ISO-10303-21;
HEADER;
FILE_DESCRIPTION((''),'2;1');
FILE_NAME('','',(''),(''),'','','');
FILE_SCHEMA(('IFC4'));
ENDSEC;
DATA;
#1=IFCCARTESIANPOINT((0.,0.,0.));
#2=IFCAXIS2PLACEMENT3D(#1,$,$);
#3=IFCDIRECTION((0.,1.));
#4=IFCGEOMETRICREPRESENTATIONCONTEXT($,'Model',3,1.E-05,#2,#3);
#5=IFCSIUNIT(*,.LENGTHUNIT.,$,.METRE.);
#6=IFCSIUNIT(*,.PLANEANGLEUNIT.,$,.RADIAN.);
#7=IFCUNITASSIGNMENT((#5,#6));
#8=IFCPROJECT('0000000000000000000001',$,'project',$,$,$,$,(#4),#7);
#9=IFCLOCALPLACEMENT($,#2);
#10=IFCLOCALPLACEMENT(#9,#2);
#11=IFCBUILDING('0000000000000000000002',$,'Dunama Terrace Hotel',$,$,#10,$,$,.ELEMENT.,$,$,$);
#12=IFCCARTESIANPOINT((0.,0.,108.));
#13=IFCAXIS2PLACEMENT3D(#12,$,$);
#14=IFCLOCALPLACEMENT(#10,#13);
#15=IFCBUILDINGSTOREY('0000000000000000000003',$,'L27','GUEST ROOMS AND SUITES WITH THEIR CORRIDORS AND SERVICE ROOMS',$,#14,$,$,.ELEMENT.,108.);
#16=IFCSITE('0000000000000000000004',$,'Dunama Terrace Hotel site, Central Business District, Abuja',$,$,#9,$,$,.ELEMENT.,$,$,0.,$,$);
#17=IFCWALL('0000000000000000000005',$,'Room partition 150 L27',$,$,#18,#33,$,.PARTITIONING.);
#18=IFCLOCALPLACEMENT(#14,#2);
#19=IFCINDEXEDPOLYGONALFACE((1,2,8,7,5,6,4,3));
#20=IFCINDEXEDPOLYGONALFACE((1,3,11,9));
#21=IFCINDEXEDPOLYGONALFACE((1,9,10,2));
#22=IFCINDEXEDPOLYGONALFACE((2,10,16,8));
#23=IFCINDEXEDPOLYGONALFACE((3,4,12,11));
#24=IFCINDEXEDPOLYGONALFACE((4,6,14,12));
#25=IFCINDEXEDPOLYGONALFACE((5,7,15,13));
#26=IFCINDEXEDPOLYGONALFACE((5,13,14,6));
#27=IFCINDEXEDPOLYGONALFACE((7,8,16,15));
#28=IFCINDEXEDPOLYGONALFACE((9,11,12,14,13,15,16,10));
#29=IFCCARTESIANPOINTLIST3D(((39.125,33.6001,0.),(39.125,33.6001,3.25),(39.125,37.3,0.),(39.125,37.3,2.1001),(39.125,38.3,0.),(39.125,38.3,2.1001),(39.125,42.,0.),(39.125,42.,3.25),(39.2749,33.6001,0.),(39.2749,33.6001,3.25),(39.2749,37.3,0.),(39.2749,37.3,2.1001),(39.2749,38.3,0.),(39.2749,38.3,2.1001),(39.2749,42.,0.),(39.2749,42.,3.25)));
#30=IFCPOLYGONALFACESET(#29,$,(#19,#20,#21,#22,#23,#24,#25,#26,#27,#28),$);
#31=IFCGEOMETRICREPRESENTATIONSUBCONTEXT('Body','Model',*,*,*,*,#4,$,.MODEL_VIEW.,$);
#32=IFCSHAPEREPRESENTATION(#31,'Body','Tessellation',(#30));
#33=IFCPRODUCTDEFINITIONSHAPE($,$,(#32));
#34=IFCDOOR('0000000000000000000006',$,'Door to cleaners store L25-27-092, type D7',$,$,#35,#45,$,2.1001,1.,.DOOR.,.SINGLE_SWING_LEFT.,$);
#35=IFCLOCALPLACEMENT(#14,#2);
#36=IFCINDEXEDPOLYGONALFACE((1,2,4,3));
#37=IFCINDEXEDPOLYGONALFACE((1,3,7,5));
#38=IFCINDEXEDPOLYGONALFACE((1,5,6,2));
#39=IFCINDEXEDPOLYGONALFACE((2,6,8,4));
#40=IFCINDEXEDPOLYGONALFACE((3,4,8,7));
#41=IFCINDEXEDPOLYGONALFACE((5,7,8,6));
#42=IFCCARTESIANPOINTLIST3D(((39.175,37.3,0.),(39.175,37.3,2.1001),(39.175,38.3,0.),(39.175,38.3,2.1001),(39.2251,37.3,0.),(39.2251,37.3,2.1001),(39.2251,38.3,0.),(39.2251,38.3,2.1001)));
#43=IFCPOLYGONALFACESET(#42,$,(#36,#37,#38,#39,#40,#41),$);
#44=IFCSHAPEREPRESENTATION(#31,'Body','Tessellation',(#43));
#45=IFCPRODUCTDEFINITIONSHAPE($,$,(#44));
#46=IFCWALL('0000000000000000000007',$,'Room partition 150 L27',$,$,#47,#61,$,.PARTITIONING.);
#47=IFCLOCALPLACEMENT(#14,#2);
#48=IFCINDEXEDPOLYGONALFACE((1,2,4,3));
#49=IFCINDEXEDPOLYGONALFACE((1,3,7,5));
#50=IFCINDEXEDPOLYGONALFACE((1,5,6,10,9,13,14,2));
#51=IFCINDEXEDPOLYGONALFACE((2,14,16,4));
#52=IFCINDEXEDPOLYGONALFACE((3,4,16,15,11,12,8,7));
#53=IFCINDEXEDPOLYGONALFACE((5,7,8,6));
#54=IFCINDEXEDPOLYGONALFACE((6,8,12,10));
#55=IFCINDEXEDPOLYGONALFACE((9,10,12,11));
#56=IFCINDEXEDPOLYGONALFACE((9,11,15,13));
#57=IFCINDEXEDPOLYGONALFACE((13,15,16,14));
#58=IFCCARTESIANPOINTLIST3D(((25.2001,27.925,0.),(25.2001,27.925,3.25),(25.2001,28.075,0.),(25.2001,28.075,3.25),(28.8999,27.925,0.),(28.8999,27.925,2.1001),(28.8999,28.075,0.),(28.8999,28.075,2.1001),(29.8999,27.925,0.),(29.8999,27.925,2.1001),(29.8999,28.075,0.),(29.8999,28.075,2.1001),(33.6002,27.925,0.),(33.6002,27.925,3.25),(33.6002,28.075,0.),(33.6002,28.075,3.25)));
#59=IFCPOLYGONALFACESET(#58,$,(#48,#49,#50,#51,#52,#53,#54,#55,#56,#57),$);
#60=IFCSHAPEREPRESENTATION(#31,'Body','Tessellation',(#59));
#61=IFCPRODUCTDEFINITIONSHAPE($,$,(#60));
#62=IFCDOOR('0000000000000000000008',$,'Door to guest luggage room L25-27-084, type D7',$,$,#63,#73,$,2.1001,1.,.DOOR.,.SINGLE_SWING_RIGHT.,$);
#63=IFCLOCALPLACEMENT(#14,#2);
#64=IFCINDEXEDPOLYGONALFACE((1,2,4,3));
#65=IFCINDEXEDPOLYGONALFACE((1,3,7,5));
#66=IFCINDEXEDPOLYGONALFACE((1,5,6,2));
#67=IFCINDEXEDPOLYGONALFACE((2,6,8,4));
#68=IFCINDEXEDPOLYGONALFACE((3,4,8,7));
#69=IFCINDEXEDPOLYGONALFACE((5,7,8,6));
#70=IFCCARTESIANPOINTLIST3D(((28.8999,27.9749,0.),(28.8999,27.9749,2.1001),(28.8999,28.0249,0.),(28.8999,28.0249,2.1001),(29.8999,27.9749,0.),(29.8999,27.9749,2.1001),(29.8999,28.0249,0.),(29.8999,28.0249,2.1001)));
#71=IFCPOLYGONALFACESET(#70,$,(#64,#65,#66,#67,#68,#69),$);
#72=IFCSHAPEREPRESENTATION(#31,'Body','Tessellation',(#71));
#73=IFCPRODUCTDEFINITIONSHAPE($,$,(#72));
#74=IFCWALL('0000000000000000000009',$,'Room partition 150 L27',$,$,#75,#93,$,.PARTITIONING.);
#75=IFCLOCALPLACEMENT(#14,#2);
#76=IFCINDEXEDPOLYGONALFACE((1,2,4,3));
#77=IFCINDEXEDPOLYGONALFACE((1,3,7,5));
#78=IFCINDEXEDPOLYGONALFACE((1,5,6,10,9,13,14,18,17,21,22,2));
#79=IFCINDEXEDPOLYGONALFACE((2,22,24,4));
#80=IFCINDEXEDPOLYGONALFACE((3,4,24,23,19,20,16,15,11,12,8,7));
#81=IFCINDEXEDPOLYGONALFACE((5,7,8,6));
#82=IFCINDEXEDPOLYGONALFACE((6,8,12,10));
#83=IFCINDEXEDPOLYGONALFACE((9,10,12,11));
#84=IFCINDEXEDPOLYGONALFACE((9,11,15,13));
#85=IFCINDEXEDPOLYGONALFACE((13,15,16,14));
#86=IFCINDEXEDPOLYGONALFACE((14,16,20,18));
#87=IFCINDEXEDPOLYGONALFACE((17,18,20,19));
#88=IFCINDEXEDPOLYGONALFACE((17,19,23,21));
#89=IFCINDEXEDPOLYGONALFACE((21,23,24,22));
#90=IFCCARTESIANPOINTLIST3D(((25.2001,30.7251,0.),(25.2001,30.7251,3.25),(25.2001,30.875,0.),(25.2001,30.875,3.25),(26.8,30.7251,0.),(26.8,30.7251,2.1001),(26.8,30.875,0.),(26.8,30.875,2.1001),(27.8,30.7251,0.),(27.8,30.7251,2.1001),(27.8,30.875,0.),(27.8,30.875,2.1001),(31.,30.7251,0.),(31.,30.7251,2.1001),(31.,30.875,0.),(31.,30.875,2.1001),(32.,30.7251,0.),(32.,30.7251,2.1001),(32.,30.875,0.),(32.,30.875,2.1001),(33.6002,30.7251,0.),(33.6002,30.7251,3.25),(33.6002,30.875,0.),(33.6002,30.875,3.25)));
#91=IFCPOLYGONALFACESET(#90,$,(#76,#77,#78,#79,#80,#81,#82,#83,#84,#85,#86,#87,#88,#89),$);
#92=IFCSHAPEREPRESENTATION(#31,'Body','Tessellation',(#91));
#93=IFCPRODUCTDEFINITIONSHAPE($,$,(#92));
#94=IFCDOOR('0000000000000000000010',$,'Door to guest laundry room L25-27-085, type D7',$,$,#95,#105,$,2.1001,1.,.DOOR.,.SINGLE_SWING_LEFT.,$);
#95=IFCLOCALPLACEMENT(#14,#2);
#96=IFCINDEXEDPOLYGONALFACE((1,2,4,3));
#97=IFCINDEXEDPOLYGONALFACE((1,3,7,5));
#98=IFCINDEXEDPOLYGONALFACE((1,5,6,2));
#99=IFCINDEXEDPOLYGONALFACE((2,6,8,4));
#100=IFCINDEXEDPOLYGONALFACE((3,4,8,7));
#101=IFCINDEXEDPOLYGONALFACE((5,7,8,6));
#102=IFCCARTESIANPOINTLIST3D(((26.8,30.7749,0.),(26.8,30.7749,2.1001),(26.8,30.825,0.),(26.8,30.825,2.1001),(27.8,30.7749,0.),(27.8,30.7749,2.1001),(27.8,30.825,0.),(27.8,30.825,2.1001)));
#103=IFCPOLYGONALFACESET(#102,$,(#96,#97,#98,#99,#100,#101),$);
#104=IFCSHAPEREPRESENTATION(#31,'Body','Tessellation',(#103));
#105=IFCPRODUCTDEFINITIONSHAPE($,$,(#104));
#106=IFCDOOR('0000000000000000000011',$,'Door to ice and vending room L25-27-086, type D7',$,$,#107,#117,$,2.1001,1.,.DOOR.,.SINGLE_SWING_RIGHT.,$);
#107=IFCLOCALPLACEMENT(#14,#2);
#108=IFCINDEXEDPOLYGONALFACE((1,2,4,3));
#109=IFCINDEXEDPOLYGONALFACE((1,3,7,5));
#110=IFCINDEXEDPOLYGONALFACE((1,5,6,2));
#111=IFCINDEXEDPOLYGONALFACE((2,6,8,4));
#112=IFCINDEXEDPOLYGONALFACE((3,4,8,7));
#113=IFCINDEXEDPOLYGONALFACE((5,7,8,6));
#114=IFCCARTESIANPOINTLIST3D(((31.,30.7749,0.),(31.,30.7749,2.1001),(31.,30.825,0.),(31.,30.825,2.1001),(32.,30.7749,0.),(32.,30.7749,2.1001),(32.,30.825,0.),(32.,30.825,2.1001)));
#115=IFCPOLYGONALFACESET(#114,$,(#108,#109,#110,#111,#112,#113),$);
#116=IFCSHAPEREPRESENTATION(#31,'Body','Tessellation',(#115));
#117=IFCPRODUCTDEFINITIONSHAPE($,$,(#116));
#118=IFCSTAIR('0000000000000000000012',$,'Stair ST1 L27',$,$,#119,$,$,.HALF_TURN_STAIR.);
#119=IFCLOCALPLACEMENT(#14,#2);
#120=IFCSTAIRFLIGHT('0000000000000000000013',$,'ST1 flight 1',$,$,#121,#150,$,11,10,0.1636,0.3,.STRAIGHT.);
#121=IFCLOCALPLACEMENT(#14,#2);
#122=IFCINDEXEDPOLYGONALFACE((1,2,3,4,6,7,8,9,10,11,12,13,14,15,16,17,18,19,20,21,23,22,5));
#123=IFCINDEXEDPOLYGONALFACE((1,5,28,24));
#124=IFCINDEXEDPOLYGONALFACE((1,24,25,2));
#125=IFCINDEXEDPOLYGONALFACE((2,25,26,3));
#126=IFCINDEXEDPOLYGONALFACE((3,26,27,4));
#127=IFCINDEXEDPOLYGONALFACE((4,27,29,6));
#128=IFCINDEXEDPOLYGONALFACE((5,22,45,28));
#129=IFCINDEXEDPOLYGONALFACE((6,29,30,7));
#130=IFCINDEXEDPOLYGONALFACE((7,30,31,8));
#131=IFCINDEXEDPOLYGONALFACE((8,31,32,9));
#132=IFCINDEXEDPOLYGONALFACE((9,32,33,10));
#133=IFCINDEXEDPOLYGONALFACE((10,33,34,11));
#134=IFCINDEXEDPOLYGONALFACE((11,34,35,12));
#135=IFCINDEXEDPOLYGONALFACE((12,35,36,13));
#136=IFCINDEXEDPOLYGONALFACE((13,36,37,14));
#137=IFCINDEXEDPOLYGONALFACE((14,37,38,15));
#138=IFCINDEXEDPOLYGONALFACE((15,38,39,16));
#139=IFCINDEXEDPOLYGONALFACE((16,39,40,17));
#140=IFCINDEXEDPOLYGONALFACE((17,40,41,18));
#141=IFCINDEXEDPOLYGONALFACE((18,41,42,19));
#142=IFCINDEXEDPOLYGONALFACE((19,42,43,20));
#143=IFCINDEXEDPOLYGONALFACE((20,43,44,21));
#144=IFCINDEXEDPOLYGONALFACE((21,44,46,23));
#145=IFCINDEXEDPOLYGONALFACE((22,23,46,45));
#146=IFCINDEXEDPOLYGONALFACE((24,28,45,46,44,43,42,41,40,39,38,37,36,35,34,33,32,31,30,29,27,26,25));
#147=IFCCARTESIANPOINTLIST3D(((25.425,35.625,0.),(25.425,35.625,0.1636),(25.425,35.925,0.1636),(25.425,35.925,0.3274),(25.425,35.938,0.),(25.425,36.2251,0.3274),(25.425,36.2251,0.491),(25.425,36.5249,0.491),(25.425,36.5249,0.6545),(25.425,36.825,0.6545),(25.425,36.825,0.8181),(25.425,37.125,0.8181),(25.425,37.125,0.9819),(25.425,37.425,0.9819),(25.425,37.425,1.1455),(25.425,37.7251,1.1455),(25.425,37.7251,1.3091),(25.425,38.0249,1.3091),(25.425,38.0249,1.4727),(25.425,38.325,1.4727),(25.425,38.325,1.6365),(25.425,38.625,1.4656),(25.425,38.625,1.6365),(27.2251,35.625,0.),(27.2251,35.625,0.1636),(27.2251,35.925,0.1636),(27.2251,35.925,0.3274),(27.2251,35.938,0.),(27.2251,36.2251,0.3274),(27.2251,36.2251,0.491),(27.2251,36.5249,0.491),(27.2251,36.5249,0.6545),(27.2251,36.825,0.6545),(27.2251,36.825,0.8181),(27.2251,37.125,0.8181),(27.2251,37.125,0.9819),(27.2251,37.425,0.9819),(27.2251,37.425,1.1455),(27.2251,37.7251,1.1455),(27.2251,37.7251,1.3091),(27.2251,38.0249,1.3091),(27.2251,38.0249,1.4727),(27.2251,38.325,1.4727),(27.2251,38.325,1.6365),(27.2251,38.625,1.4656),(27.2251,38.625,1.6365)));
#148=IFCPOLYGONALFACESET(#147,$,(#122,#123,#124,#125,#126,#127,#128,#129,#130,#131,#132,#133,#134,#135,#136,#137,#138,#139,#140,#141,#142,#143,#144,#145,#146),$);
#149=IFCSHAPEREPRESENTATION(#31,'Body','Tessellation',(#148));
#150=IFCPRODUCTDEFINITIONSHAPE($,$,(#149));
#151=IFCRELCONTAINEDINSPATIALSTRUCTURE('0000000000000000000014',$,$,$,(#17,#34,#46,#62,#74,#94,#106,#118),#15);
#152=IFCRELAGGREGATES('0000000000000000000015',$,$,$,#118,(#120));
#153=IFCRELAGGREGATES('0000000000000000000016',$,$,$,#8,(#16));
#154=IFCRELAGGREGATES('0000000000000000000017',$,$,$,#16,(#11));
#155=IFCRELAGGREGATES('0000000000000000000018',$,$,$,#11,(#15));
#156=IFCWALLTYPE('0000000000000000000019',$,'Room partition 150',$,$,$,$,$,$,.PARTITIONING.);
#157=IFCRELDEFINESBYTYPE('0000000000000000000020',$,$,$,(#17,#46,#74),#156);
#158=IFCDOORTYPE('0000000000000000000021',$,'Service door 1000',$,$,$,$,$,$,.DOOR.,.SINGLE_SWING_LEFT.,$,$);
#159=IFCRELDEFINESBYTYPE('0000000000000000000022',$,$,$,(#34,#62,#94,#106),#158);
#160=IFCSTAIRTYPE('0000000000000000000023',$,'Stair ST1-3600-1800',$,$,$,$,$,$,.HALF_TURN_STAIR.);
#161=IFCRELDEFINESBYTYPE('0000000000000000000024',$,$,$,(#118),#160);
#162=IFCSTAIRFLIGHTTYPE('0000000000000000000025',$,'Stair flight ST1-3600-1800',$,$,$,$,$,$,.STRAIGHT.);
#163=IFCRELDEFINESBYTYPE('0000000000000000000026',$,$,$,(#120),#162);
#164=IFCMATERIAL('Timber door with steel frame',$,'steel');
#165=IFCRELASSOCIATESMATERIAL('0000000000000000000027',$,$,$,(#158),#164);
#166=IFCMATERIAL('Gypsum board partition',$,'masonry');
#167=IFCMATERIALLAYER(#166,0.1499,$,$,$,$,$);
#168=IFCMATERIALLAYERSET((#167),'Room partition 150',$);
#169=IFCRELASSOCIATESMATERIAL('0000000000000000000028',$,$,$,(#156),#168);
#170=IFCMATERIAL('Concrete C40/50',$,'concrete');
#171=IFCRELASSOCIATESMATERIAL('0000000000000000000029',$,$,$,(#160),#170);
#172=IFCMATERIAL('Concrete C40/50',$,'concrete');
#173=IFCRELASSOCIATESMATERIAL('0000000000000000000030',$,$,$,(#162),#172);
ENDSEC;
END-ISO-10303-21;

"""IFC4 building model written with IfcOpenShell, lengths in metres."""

from ifc_helpers import new_model, si_unit, direction, frame, frame_2d, origin, place, context, subcontext, project, spatial, polyline, rectangle, outline, extrude, material, layer, layer_set, type_object, element, fill, aggregate, save


model = new_model("IFC4")

# Units and contexts
model_context = context("Model", 3, precision=1e-05, world=origin(), true_north=direction((0.0, 1.0)))
body_context = subcontext(model_context, "Body", "Model", "MODEL_VIEW")
ifc_project = project(units=[si_unit("LENGTHUNIT", "METRE"), si_unit("PLANEANGLEUNIT", "RADIAN")], contexts=[model_context])

# Site, building, storey
site_placement = place(None, origin())
site = spatial("IfcSite", under=ifc_project, at=site_placement, Name="Dunama Terrace Hotel site, Central Business District, Abuja", CompositionType="ELEMENT", RefElevation=0.0)
building_placement = place(site_placement, origin())
building = spatial("IfcBuilding", under=site, at=building_placement, Name="Dunama Terrace Hotel", CompositionType="ELEMENT")
storey_placement = place(building_placement, frame((0.0, 0.0, 108.0)))
storey = spatial("IfcBuildingStorey", under=building, at=storey_placement, Name="L27", Description="GUEST ROOMS AND SUITES WITH THEIR CORRIDORS AND SERVICE ROOMS", CompositionType="ELEMENT", Elevation=108.0)

# Shared definitions
ifc_material_1 = material(Name="Timber door with steel frame", Category="steel")
door_type_1 = type_object("IfcDoorType", Name="Service door 1000", OperationType="SINGLE_SWING_LEFT", PredefinedType="DOOR", material=ifc_material_1)

# Shared definitions
ifc_material_2 = material(Name="Gypsum board partition", Category="masonry")
ifc_layer_1 = layer(ifc_material_2, 0.1499)
ifc_layer_set_1 = layer_set([ifc_layer_1], Name="Room partition 150")
wall_type_1 = type_object("IfcWallType", Name="Room partition 150", PredefinedType="PARTITIONING", material=ifc_layer_set_1)

# Walls, openings, doors
wall_1_placement = place(storey_placement, frame((39.2, 33.6001, 0.0), z_axis=(0.0, 0.0, 1.0), x_axis=(0.0, 1.0, 0.0)))
wall_1 = element("IfcWall", 1, at=wall_1_placement, inside=storey, type_object=wall_type_1, Name="Room partition 150 L27", PredefinedType="PARTITIONING", context=body_context, shape_type="SweptSolid", body=[
    extrude(rectangle(XDim=8.3999, YDim=0.1499, at=frame_2d((4.2, 0.0))), origin(), (0.0, 0.0, 1.0), 3.25),
])
opening_1_placement = place(wall_1_placement, frame((3.7, 0.0, 0.0)))
opening_1 = element("IfcOpeningElement", 2, at=opening_1_placement, cuts=wall_1, PredefinedType="OPENING", context=body_context, shape_type="SweptSolid", body=[
    extrude(rectangle(XDim=1.0, YDim=2.1001, at=frame_2d((0.5, 1.05))), frame((0.0, 0.085, 0.0), z_axis=(0.0, -1.0, 0.0), x_axis=(1.0, 0.0, 0.0)), (0.0, 0.0, 1.0), 0.1699),
])
door_1_placement = place(opening_1_placement, origin())
door_1 = element("IfcDoor", 3, at=door_1_placement, inside=storey, type_object=door_type_1, Name="Door to cleaners store L25-27-092, type D7", OperationType="SINGLE_SWING_LEFT", OverallHeight=2.1001, OverallWidth=1.0, PredefinedType="DOOR", context=body_context, shape_type="SweptSolid", body=[
    extrude(rectangle(XDim=1.0, YDim=2.1001, at=frame_2d((0.5, 1.05))), frame((0.0, 0.0249, 0.0), z_axis=(0.0, -1.0, 0.0), x_axis=(1.0, 0.0, 0.0)), (0.0, 0.0, 1.0), 0.05),
])
fill(opening_1, door_1)
wall_2_placement = place(storey_placement, frame((25.2, 28.0, 0.0), z_axis=(0.0, 0.0, 1.0), x_axis=(1.0, 0.0, 0.0)))
wall_2 = element("IfcWall", 4, at=wall_2_placement, inside=storey, type_object=wall_type_1, Name="Room partition 150 L27", PredefinedType="PARTITIONING", context=body_context, shape_type="SweptSolid", body=[
    extrude(rectangle(XDim=8.4001, YDim=0.1499, at=frame_2d((4.2002, 0.0))), origin(), (0.0, 0.0, 1.0), 3.25),
])
opening_2_placement = place(wall_2_placement, frame((3.7, 0.0, 0.0)))
opening_2 = element("IfcOpeningElement", 5, at=opening_2_placement, cuts=wall_2, PredefinedType="OPENING", context=body_context, shape_type="SweptSolid", body=[
    extrude(rectangle(XDim=1.0, YDim=2.1001, at=frame_2d((0.5, 1.05))), frame((0.0, 0.085, 0.0), z_axis=(0.0, -1.0, 0.0), x_axis=(1.0, 0.0, 0.0)), (0.0, 0.0, 1.0), 0.1699),
])
door_2_placement = place(opening_2_placement, frame((1.0, 0.0, 0.0), z_axis=(0.0, 0.0, 1.0), x_axis=(-1.0, 0.0, 0.0)))
door_2 = element("IfcDoor", 6, at=door_2_placement, inside=storey, type_object=door_type_1, Name="Door to guest luggage room L25-27-084, type D7", OperationType="SINGLE_SWING_RIGHT", OverallHeight=2.1001, OverallWidth=1.0, PredefinedType="DOOR", context=body_context, shape_type="SweptSolid", body=[
    extrude(rectangle(XDim=1.0, YDim=2.1001, at=frame_2d((0.5, 1.05))), frame((0.0, 0.0251, 0.0), z_axis=(0.0, -1.0, 0.0), x_axis=(1.0, 0.0, 0.0)), (0.0, 0.0, 1.0), 0.05),
])
fill(opening_2, door_2)

# Wall, openings, doors
wall_3_placement = place(storey_placement, frame((25.2, 30.8, 0.0), z_axis=(0.0, 0.0, 1.0), x_axis=(1.0, 0.0, 0.0)))
wall_3 = element("IfcWall", 7, at=wall_3_placement, inside=storey, type_object=wall_type_1, Name="Room partition 150 L27", PredefinedType="PARTITIONING", context=body_context, shape_type="SweptSolid", body=[
    extrude(rectangle(XDim=8.4001, YDim=0.1499, at=frame_2d((4.2002, 0.0))), origin(), (0.0, 0.0, 1.0), 3.25),
])
opening_3_placement = place(wall_3_placement, frame((1.6001, 0.0, 0.0)))
opening_3 = element("IfcOpeningElement", 8, at=opening_3_placement, cuts=wall_3, PredefinedType="OPENING", context=body_context, shape_type="SweptSolid", body=[
    extrude(rectangle(XDim=1.0, YDim=2.1001, at=frame_2d((0.5, 1.05))), frame((0.0, 0.085, 0.0), z_axis=(0.0, -1.0, 0.0), x_axis=(1.0, 0.0, 0.0)), (0.0, 0.0, 1.0), 0.1699),
])
opening_4_placement = place(wall_3_placement, frame((5.8, 0.0, 0.0)))
opening_4 = element("IfcOpeningElement", 9, at=opening_4_placement, cuts=wall_3, PredefinedType="OPENING", context=body_context, shape_type="SweptSolid", body=[
    extrude(rectangle(XDim=1.0, YDim=2.1001, at=frame_2d((0.5, 1.05))), frame((0.0, 0.085, 0.0), z_axis=(0.0, -1.0, 0.0), x_axis=(1.0, 0.0, 0.0)), (0.0, 0.0, 1.0), 0.1699),
])
door_3_placement = place(opening_3_placement, origin())
door_3 = element("IfcDoor", 10, at=door_3_placement, inside=storey, type_object=door_type_1, Name="Door to guest laundry room L25-27-085, type D7", OperationType="SINGLE_SWING_LEFT", OverallHeight=2.1001, OverallWidth=1.0, PredefinedType="DOOR", context=body_context, shape_type="SweptSolid", body=[
    extrude(rectangle(XDim=1.0, YDim=2.1001, at=frame_2d((0.5, 1.05))), frame((0.0, 0.0249, 0.0), z_axis=(0.0, -1.0, 0.0), x_axis=(1.0, 0.0, 0.0)), (0.0, 0.0, 1.0), 0.05),
])
fill(opening_3, door_3)
door_4_placement = place(opening_4_placement, origin())
door_4 = element("IfcDoor", 11, at=door_4_placement, inside=storey, type_object=door_type_1, Name="Door to ice and vending room L25-27-086, type D7", OperationType="SINGLE_SWING_RIGHT", OverallHeight=2.1001, OverallWidth=1.0, PredefinedType="DOOR", context=body_context, shape_type="SweptSolid", body=[
    extrude(rectangle(XDim=1.0, YDim=2.1001, at=frame_2d((0.5, 1.05))), frame((0.0, 0.0249, 0.0), z_axis=(0.0, -1.0, 0.0), x_axis=(1.0, 0.0, 0.0)), (0.0, 0.0, 1.0), 0.05),
])
fill(opening_4, door_4)

# Stair, stair flight
ifc_material_3 = material(Name="Concrete C40/50", Category="concrete")
stair_type = type_object("IfcStairType", Name="Stair ST1-3600-1800", PredefinedType="HALF_TURN_STAIR", material=ifc_material_3)
stair_placement = place(storey_placement, origin())
stair = element("IfcStair", 12, at=stair_placement, inside=storey, type_object=stair_type, Name="Stair ST1 L27", PredefinedType="HALF_TURN_STAIR")
ifc_material_4 = material(Name="Concrete C40/50", Category="concrete")
stair_flight_type = type_object("IfcStairFlightType", Name="Stair flight ST1-3600-1800", PredefinedType="STRAIGHT", material=ifc_material_4)
stair_flight_placement = place(storey_placement, frame((26.325, 35.625, 0.0), z_axis=(0.0, 0.0, 1.0), x_axis=(0.0, 1.0, 0.0)))
stair_flight = element("IfcStairFlight", 13, at=stair_flight_placement, type_object=stair_flight_type, Name="ST1 flight 1", NumberOfRisers=11, NumberOfTreads=10, PredefinedType="STRAIGHT", RiserHeight=0.1636, TreadLength=0.3, context=body_context, shape_type="SweptSolid", body=[
    extrude(outline(polyline([(0.0, 0.0), (0.0, 0.1636), (0.3, 0.1636), (0.3, 0.3274), (0.6001, 0.3274), (0.6001, 0.491), (0.8999, 0.491), (0.8999, 0.6545), (1.2, 0.6545), (1.2, 0.8181), (1.5, 0.8181), (1.5, 0.9819), (1.8, 0.9819), (1.8, 1.1455), (2.1001, 1.1455), (2.1001, 1.3091), (2.3999, 1.3091), (2.3999, 1.4727), (2.7, 1.4727), (2.7, 1.6365), (3.0, 1.6365), (3.0, 1.8), (3.0, 1.4656), (0.313, 0.0), (0.0, 0.0)])), frame((0.0, 0.8999, 0.0), z_axis=(0.0, -1.0, 0.0), x_axis=(1.0, 0.0, 0.0)), (0.0, 0.0, 1.0), 1.8),
])
aggregate(stair, [stair_flight])

save(model, "model.ifc")
